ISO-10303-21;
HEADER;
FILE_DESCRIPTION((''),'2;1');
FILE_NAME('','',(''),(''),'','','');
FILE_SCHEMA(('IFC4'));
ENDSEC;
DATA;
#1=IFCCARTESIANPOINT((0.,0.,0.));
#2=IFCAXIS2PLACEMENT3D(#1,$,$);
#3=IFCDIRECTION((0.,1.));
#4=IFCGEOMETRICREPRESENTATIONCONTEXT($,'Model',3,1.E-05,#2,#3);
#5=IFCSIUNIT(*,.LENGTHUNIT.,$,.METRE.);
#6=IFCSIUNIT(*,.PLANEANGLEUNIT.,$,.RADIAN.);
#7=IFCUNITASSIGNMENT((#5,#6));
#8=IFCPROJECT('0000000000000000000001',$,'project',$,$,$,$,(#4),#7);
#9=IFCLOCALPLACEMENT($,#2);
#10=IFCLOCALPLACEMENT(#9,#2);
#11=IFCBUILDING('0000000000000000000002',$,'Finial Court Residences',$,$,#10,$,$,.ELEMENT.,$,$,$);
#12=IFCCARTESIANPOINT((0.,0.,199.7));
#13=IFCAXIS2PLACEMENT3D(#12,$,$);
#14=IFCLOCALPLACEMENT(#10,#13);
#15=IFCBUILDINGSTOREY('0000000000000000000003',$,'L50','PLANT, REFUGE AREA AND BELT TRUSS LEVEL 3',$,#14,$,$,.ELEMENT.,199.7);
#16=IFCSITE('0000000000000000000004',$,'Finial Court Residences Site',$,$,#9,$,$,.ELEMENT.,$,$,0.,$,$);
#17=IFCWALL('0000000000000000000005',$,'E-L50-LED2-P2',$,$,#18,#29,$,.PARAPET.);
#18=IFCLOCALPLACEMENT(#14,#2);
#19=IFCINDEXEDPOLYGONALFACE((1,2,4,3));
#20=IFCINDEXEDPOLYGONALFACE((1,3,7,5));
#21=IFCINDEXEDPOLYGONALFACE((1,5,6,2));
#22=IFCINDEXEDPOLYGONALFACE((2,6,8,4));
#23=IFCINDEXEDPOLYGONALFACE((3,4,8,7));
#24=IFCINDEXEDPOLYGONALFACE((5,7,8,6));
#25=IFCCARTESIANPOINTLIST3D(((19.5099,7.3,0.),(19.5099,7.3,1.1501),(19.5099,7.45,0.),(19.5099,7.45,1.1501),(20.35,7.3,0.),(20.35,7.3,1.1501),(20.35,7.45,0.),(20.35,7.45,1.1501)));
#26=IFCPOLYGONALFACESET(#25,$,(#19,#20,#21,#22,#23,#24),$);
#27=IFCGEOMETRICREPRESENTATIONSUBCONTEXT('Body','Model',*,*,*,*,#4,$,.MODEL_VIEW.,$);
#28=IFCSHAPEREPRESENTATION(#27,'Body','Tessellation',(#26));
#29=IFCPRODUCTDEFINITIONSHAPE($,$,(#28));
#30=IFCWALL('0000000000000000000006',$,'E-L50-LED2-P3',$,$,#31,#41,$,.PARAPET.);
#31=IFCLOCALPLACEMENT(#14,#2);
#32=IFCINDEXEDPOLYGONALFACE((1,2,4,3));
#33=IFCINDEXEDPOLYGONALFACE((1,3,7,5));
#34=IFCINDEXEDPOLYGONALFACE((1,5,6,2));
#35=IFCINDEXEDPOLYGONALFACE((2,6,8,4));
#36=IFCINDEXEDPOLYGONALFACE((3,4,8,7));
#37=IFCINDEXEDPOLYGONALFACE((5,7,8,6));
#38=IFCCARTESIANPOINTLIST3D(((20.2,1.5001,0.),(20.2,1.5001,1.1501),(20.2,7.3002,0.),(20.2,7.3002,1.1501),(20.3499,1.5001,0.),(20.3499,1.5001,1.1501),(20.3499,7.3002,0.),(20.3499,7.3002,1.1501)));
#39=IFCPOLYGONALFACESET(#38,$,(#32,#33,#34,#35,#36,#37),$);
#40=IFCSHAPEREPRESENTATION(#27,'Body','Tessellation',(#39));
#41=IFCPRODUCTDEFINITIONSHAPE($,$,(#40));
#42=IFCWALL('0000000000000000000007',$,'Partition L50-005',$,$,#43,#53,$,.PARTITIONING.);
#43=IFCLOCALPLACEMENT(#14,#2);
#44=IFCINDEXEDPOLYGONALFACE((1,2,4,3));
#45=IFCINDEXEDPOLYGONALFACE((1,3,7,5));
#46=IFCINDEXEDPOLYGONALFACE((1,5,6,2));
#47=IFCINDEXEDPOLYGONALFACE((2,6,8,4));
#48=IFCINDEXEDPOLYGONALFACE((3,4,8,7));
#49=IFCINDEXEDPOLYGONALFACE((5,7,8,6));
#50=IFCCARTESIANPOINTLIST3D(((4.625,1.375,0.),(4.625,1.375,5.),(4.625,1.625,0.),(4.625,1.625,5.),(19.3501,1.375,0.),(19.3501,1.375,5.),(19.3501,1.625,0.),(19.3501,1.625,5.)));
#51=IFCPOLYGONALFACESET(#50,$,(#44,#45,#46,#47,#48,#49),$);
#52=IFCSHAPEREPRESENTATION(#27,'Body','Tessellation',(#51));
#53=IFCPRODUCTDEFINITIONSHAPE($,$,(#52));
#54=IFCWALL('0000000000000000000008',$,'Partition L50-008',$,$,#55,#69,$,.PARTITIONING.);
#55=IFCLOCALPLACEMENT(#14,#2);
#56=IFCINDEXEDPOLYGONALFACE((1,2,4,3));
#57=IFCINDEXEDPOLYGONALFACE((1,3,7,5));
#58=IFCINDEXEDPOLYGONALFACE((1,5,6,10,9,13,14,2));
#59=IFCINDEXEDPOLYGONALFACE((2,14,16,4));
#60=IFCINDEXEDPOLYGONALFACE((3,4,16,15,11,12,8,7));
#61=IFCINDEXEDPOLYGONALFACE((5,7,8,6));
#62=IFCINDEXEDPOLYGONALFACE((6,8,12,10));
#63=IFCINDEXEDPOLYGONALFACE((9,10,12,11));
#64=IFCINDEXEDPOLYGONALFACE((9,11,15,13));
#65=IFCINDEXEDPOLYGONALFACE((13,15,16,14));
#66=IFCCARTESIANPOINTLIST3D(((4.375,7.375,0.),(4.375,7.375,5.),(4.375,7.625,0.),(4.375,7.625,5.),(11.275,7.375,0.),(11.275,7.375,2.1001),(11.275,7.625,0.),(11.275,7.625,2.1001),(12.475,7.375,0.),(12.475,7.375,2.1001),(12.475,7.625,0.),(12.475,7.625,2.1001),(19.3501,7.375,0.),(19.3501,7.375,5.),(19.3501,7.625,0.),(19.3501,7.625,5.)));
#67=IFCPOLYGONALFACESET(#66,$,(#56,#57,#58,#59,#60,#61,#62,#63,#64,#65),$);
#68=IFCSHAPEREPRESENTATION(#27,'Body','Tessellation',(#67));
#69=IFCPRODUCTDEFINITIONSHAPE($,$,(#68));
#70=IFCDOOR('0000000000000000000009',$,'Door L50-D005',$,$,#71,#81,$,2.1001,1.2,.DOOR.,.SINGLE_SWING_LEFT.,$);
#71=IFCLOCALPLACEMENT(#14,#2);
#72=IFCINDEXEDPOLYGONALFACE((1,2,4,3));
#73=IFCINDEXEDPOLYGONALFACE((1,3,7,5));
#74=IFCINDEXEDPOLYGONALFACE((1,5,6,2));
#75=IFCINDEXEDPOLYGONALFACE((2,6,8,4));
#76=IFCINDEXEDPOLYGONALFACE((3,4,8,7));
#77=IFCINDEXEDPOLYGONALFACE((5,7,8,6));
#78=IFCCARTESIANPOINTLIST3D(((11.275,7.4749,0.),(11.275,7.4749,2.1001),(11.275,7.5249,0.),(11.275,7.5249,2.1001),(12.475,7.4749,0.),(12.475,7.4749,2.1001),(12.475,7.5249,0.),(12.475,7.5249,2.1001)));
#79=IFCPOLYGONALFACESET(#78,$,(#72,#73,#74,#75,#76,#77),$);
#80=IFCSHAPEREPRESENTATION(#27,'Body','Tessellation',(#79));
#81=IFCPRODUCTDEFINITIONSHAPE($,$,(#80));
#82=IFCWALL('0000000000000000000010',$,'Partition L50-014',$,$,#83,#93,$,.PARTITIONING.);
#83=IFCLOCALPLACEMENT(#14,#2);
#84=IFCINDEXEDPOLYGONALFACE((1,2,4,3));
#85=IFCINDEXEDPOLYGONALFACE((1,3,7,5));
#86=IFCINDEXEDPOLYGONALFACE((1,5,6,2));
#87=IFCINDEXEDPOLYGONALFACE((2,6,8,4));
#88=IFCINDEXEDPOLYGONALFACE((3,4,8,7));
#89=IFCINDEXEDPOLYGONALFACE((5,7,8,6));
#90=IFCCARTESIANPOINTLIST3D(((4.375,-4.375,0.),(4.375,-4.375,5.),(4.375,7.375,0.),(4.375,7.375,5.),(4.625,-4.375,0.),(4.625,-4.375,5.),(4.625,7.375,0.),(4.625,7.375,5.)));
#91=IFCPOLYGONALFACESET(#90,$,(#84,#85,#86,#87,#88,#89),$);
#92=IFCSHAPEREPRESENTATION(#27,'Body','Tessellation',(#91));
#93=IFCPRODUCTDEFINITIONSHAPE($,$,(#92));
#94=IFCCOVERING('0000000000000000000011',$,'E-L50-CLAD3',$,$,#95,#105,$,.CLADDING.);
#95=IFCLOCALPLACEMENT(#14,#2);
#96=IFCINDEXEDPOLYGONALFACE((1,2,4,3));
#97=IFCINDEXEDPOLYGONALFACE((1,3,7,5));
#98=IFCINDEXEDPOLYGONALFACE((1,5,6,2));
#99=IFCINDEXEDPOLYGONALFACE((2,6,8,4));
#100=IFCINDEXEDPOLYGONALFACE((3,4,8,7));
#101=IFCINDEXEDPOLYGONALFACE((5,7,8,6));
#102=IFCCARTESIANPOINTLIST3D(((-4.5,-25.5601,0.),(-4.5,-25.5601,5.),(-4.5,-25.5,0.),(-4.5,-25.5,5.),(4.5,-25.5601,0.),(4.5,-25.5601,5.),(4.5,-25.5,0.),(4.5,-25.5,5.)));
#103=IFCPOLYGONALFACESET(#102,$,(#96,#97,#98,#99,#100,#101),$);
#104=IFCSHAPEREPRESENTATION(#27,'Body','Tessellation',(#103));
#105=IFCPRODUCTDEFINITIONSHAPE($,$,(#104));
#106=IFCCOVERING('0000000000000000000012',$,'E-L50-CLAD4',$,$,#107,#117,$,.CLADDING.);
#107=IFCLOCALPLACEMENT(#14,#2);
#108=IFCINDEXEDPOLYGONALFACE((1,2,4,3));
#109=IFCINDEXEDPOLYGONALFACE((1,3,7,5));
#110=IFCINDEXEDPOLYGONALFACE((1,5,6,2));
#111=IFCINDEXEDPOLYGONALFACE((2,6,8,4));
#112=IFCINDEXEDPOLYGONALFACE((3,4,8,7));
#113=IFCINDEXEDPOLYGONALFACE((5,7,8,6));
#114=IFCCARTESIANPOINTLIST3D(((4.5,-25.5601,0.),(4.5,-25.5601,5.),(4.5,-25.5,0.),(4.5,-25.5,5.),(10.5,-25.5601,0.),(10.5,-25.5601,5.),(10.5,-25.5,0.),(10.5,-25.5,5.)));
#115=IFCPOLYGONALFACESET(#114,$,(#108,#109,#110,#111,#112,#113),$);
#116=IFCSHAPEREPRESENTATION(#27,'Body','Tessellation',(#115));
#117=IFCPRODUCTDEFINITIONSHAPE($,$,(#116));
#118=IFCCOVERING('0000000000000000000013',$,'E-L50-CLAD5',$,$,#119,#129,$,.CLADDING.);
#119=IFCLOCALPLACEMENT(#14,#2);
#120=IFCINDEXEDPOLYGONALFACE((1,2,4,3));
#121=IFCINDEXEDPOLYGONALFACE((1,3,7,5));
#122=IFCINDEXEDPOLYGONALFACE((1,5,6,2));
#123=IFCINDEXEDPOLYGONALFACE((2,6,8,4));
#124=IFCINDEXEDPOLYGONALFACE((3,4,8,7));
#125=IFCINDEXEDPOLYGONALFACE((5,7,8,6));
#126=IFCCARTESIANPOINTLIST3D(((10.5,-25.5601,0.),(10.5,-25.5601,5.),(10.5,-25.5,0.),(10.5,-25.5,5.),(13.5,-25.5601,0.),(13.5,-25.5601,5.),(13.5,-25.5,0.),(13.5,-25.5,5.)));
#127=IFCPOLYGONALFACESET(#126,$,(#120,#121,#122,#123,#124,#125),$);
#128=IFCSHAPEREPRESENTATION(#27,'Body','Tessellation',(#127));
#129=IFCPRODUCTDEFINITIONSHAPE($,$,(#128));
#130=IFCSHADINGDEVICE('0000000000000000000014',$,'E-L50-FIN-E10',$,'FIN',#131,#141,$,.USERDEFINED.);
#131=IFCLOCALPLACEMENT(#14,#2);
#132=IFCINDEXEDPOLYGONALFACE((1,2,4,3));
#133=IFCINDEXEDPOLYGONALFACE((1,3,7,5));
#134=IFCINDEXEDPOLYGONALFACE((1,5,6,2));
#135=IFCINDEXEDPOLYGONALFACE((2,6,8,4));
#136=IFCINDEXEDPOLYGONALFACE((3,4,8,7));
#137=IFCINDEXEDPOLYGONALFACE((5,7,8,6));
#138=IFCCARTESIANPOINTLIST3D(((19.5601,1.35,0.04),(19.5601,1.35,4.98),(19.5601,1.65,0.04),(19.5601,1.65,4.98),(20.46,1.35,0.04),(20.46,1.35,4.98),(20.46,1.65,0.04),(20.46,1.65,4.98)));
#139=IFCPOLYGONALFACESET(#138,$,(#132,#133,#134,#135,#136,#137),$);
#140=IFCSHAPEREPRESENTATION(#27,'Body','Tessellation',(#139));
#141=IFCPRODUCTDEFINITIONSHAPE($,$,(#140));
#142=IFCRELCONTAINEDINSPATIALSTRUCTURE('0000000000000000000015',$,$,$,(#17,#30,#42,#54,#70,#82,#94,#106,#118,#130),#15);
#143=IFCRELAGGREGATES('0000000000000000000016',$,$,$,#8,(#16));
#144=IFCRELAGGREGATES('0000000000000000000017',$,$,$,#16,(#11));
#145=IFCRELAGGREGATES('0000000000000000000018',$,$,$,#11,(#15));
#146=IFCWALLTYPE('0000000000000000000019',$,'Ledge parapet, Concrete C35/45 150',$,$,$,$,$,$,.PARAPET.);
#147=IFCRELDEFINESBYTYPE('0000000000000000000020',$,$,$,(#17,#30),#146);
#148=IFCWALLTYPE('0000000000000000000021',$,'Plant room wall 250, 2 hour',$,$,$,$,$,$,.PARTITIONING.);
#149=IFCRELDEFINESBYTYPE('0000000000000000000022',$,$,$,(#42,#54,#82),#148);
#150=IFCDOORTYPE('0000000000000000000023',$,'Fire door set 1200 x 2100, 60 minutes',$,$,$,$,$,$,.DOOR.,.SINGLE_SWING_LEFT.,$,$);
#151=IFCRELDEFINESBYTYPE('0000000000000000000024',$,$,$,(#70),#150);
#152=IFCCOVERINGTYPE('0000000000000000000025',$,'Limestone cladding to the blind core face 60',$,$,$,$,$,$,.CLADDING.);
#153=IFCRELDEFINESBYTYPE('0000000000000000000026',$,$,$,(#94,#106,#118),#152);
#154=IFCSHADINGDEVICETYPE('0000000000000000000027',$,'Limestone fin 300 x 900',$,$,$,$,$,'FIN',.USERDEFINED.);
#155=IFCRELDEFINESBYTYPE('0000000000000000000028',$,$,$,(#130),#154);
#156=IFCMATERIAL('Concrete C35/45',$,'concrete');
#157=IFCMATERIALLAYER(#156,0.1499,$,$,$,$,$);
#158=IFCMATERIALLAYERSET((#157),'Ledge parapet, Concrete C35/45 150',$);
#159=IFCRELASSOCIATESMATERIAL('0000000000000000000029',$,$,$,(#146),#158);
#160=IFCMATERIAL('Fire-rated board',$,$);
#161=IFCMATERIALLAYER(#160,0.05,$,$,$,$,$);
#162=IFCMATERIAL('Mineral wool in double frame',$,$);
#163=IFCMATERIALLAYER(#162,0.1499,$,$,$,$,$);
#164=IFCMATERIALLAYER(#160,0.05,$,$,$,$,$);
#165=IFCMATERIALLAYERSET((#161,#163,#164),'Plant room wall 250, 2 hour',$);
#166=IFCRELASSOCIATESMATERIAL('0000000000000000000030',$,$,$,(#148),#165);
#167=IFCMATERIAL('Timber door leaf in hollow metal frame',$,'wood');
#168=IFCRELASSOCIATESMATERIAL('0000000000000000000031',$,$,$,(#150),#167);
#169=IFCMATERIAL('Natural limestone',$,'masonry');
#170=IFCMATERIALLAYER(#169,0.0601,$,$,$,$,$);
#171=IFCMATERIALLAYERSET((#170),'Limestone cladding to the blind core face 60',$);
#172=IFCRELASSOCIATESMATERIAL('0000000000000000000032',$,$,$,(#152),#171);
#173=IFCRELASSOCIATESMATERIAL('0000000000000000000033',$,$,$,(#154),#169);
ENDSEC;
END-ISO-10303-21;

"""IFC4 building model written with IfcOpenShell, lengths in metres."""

from ifc_helpers import new_model, si_unit, direction, frame, frame_2d, origin, origin_2d, place, context, subcontext, project, spatial, polyline, rectangle, outline, extrude, material, layer, layer_set, type_object, element, fill, save


model = new_model("IFC4")

# Units and contexts
model_context = context("Model", 3, precision=1e-05, world=origin(), true_north=direction((0.0, 1.0)))
body_context = subcontext(model_context, "Body", "Model", "MODEL_VIEW")
ifc_project = project(units=[si_unit("LENGTHUNIT", "METRE"), si_unit("PLANEANGLEUNIT", "RADIAN")], contexts=[model_context])

# Site, building, storey
site_placement = place(None, origin())
site = spatial("IfcSite", under=ifc_project, at=site_placement, Name="Finial Court Residences Site", CompositionType="ELEMENT", RefElevation=0.0)
building_placement = place(site_placement, origin())
building = spatial("IfcBuilding", under=site, at=building_placement, Name="Finial Court Residences", CompositionType="ELEMENT")
storey_placement = place(building_placement, frame((0.0, 0.0, 199.7)))
storey = spatial("IfcBuildingStorey", under=building, at=storey_placement, Name="L50", Description="PLANT, REFUGE AREA AND BELT TRUSS LEVEL 3", CompositionType="ELEMENT", Elevation=199.7)

# Walls
ifc_material_1 = material(Name="Concrete C35/45", Category="concrete")
ifc_layer_1 = layer(ifc_material_1, 0.1499)
ifc_layer_set_1 = layer_set([ifc_layer_1], Name="Ledge parapet, Concrete C35/45 150")
wall_type_1 = type_object("IfcWallType", Name="Ledge parapet, Concrete C35/45 150", PredefinedType="PARAPET", material=ifc_layer_set_1)
wall_1_placement = place(storey_placement, frame((19.51, 7.375, 0.0), z_axis=(0.0, 0.0, 1.0), x_axis=(1.0, 0.0, 0.0)))
element("IfcWall", 1, at=wall_1_placement, inside=storey, type_object=wall_type_1, Name="E-L50-LED2-P2", PredefinedType="PARAPET", context=body_context, shape_type="SweptSolid", body=[
    extrude(rectangle(XDim=0.8401, YDim=0.1499, at=frame_2d((0.4199, 0.0))), origin(), (0.0, 0.0, 1.0), 1.1501),
])
wall_2_placement = place(storey_placement, frame((20.2749, 7.3, 0.0), z_axis=(0.0, 0.0, 1.0), x_axis=(0.0, -1.0, 0.0)))
element("IfcWall", 2, at=wall_2_placement, inside=storey, type_object=wall_type_1, Name="E-L50-LED2-P3", PredefinedType="PARAPET", context=body_context, shape_type="SweptSolid", body=[
    extrude(rectangle(XDim=5.8, YDim=0.1499, at=frame_2d((2.8999, 0.0))), origin(), (0.0, 0.0, 1.0), 1.1501),
])
ifc_material_2 = material(Name="Fire-rated board")
ifc_layer_2 = layer(ifc_material_2, 0.05)
ifc_material_3 = material(Name="Mineral wool in double frame")
ifc_layer_3 = layer(ifc_material_3, 0.1499)
ifc_layer_4 = layer(ifc_material_2, 0.05)
ifc_layer_set_2 = layer_set([ifc_layer_2, ifc_layer_3, ifc_layer_4], Name="Plant room wall 250, 2 hour")
wall_type_2 = type_object("IfcWallType", Name="Plant room wall 250, 2 hour", PredefinedType="PARTITIONING", material=ifc_layer_set_2)
wall_3_placement = place(storey_placement, frame((4.625, 1.5, 0.0), z_axis=(0.0, 0.0, 1.0), x_axis=(1.0, 0.0, 0.0)))
element("IfcWall", 3, at=wall_3_placement, inside=storey, type_object=wall_type_2, Name="Partition L50-005", PredefinedType="PARTITIONING", context=body_context, shape_type="SweptSolid", body=[
    extrude(rectangle(XDim=14.7251, YDim=0.25, at=frame_2d((7.3625, 0.0))), origin(), (0.0, 0.0, 1.0), 5.0),
])

# Wall, opening, door
wall_4_placement = place(storey_placement, frame((4.375, 7.5, 0.0), z_axis=(0.0, 0.0, 1.0), x_axis=(1.0, 0.0, 0.0)))
wall_4 = element("IfcWall", 4, at=wall_4_placement, inside=storey, type_object=wall_type_2, Name="Partition L50-008", PredefinedType="PARTITIONING", context=body_context, shape_type="SweptSolid", body=[
    extrude(rectangle(XDim=14.9751, YDim=0.25, at=frame_2d((7.4875, 0.0))), origin(), (0.0, 0.0, 1.0), 5.0),
])
opening_placement = place(wall_4_placement, frame((6.8999, 0.0, 0.0)))
opening = element("IfcOpeningElement", 5, at=opening_placement, cuts=wall_4, PredefinedType="OPENING", context=body_context, shape_type="SweptSolid", body=[
    extrude(rectangle(XDim=1.2, YDim=2.1001, at=frame_2d((0.6001, 1.05))), frame((0.0, 0.135, 0.0), z_axis=(0.0, -1.0, 0.0), x_axis=(1.0, 0.0, 0.0)), (0.0, 0.0, 1.0), 0.27),
])
ifc_material_4 = material(Name="Timber door leaf in hollow metal frame", Category="wood")
door_type = type_object("IfcDoorType", Name="Fire door set 1200 x 2100, 60 minutes", OperationType="SINGLE_SWING_LEFT", PredefinedType="DOOR", material=ifc_material_4)
door_placement = place(opening_placement, origin())
door = element("IfcDoor", 6, at=door_placement, inside=storey, type_object=door_type, Name="Door L50-D005", OperationType="SINGLE_SWING_LEFT", OverallHeight=2.1001, OverallWidth=1.2, PredefinedType="DOOR", context=body_context, shape_type="SweptSolid", body=[
    extrude(rectangle(XDim=1.2, YDim=2.1001, at=frame_2d((0.6001, 1.05))), frame((0.0, 0.0249, 0.0), z_axis=(0.0, -1.0, 0.0), x_axis=(1.0, 0.0, 0.0)), (0.0, 0.0, 1.0), 0.05),
])
fill(opening, door)

# Wall
wall_5_placement = place(storey_placement, frame((4.5, -4.375, 0.0), z_axis=(0.0, 0.0, 1.0), x_axis=(0.0, 1.0, 0.0)))
element("IfcWall", 7, at=wall_5_placement, inside=storey, type_object=wall_type_2, Name="Partition L50-014", PredefinedType="PARTITIONING", context=body_context, shape_type="SweptSolid", body=[
    extrude(rectangle(XDim=11.75, YDim=0.25, at=frame_2d((5.875, 0.0))), origin(), (0.0, 0.0, 1.0), 5.0),
])

# Coverings
ifc_material_5 = material(Name="Natural limestone", Category="masonry")
ifc_layer_5 = layer(ifc_material_5, 0.0601)
ifc_layer_set_3 = layer_set([ifc_layer_5], Name="Limestone cladding to the blind core face 60")
covering_type_1 = type_object("IfcCoveringType", Name="Limestone cladding to the blind core face 60", PredefinedType="CLADDING", material=ifc_layer_set_3)
covering_1_placement = place(storey_placement, origin())
element("IfcCovering", 8, at=covering_1_placement, inside=storey, type_object=covering_type_1, Name="E-L50-CLAD3", PredefinedType="CLADDING", context=body_context, shape_type="SweptSolid", body=[
    extrude(outline(polyline([(4.5, -25.5601), (4.5, -25.5), (-4.5, -25.5), (-4.5, -25.5601), (4.5, -25.5601)])), origin(), (0.0, 0.0, 1.0), 5.0),
])
covering_2_placement = place(storey_placement, origin())
element("IfcCovering", 9, at=covering_2_placement, inside=storey, type_object=covering_type_1, Name="E-L50-CLAD4", PredefinedType="CLADDING", context=body_context, shape_type="SweptSolid", body=[
    extrude(outline(polyline([(10.5, -25.5601), (10.5, -25.5), (4.5, -25.5), (4.5, -25.5601), (10.5, -25.5601)])), origin(), (0.0, 0.0, 1.0), 5.0),
])
covering_3_placement = place(storey_placement, origin())
element("IfcCovering", 10, at=covering_3_placement, inside=storey, type_object=covering_type_1, Name="E-L50-CLAD5", PredefinedType="CLADDING", context=body_context, shape_type="SweptSolid", body=[
    extrude(outline(polyline([(13.5, -25.5601), (13.5, -25.5), (10.5, -25.5), (10.5, -25.5601), (13.5, -25.5601)])), origin(), (0.0, 0.0, 1.0), 5.0),
])

# Shading device
shading_device_type = type_object("IfcShadingDeviceType", Name="Limestone fin 300 x 900", ElementType="FIN", PredefinedType="USERDEFINED", material=ifc_material_5)
shading_device_placement = place(storey_placement, frame((20.01, 1.5, 0.04), z_axis=(0.0, 0.0, 1.0), x_axis=(1.0, 0.0, 0.0)))
element("IfcShadingDevice", 11, at=shading_device_placement, inside=storey, type_object=shading_device_type, Name="E-L50-FIN-E10", ObjectType="FIN", PredefinedType="USERDEFINED", context=body_context, shape_type="SweptSolid", body=[
    extrude(rectangle(XDim=0.8999, YDim=0.3, at=origin_2d()), origin(), (0.0, 0.0, 1.0), 4.9399),
])

save(model, "model.ifc")
